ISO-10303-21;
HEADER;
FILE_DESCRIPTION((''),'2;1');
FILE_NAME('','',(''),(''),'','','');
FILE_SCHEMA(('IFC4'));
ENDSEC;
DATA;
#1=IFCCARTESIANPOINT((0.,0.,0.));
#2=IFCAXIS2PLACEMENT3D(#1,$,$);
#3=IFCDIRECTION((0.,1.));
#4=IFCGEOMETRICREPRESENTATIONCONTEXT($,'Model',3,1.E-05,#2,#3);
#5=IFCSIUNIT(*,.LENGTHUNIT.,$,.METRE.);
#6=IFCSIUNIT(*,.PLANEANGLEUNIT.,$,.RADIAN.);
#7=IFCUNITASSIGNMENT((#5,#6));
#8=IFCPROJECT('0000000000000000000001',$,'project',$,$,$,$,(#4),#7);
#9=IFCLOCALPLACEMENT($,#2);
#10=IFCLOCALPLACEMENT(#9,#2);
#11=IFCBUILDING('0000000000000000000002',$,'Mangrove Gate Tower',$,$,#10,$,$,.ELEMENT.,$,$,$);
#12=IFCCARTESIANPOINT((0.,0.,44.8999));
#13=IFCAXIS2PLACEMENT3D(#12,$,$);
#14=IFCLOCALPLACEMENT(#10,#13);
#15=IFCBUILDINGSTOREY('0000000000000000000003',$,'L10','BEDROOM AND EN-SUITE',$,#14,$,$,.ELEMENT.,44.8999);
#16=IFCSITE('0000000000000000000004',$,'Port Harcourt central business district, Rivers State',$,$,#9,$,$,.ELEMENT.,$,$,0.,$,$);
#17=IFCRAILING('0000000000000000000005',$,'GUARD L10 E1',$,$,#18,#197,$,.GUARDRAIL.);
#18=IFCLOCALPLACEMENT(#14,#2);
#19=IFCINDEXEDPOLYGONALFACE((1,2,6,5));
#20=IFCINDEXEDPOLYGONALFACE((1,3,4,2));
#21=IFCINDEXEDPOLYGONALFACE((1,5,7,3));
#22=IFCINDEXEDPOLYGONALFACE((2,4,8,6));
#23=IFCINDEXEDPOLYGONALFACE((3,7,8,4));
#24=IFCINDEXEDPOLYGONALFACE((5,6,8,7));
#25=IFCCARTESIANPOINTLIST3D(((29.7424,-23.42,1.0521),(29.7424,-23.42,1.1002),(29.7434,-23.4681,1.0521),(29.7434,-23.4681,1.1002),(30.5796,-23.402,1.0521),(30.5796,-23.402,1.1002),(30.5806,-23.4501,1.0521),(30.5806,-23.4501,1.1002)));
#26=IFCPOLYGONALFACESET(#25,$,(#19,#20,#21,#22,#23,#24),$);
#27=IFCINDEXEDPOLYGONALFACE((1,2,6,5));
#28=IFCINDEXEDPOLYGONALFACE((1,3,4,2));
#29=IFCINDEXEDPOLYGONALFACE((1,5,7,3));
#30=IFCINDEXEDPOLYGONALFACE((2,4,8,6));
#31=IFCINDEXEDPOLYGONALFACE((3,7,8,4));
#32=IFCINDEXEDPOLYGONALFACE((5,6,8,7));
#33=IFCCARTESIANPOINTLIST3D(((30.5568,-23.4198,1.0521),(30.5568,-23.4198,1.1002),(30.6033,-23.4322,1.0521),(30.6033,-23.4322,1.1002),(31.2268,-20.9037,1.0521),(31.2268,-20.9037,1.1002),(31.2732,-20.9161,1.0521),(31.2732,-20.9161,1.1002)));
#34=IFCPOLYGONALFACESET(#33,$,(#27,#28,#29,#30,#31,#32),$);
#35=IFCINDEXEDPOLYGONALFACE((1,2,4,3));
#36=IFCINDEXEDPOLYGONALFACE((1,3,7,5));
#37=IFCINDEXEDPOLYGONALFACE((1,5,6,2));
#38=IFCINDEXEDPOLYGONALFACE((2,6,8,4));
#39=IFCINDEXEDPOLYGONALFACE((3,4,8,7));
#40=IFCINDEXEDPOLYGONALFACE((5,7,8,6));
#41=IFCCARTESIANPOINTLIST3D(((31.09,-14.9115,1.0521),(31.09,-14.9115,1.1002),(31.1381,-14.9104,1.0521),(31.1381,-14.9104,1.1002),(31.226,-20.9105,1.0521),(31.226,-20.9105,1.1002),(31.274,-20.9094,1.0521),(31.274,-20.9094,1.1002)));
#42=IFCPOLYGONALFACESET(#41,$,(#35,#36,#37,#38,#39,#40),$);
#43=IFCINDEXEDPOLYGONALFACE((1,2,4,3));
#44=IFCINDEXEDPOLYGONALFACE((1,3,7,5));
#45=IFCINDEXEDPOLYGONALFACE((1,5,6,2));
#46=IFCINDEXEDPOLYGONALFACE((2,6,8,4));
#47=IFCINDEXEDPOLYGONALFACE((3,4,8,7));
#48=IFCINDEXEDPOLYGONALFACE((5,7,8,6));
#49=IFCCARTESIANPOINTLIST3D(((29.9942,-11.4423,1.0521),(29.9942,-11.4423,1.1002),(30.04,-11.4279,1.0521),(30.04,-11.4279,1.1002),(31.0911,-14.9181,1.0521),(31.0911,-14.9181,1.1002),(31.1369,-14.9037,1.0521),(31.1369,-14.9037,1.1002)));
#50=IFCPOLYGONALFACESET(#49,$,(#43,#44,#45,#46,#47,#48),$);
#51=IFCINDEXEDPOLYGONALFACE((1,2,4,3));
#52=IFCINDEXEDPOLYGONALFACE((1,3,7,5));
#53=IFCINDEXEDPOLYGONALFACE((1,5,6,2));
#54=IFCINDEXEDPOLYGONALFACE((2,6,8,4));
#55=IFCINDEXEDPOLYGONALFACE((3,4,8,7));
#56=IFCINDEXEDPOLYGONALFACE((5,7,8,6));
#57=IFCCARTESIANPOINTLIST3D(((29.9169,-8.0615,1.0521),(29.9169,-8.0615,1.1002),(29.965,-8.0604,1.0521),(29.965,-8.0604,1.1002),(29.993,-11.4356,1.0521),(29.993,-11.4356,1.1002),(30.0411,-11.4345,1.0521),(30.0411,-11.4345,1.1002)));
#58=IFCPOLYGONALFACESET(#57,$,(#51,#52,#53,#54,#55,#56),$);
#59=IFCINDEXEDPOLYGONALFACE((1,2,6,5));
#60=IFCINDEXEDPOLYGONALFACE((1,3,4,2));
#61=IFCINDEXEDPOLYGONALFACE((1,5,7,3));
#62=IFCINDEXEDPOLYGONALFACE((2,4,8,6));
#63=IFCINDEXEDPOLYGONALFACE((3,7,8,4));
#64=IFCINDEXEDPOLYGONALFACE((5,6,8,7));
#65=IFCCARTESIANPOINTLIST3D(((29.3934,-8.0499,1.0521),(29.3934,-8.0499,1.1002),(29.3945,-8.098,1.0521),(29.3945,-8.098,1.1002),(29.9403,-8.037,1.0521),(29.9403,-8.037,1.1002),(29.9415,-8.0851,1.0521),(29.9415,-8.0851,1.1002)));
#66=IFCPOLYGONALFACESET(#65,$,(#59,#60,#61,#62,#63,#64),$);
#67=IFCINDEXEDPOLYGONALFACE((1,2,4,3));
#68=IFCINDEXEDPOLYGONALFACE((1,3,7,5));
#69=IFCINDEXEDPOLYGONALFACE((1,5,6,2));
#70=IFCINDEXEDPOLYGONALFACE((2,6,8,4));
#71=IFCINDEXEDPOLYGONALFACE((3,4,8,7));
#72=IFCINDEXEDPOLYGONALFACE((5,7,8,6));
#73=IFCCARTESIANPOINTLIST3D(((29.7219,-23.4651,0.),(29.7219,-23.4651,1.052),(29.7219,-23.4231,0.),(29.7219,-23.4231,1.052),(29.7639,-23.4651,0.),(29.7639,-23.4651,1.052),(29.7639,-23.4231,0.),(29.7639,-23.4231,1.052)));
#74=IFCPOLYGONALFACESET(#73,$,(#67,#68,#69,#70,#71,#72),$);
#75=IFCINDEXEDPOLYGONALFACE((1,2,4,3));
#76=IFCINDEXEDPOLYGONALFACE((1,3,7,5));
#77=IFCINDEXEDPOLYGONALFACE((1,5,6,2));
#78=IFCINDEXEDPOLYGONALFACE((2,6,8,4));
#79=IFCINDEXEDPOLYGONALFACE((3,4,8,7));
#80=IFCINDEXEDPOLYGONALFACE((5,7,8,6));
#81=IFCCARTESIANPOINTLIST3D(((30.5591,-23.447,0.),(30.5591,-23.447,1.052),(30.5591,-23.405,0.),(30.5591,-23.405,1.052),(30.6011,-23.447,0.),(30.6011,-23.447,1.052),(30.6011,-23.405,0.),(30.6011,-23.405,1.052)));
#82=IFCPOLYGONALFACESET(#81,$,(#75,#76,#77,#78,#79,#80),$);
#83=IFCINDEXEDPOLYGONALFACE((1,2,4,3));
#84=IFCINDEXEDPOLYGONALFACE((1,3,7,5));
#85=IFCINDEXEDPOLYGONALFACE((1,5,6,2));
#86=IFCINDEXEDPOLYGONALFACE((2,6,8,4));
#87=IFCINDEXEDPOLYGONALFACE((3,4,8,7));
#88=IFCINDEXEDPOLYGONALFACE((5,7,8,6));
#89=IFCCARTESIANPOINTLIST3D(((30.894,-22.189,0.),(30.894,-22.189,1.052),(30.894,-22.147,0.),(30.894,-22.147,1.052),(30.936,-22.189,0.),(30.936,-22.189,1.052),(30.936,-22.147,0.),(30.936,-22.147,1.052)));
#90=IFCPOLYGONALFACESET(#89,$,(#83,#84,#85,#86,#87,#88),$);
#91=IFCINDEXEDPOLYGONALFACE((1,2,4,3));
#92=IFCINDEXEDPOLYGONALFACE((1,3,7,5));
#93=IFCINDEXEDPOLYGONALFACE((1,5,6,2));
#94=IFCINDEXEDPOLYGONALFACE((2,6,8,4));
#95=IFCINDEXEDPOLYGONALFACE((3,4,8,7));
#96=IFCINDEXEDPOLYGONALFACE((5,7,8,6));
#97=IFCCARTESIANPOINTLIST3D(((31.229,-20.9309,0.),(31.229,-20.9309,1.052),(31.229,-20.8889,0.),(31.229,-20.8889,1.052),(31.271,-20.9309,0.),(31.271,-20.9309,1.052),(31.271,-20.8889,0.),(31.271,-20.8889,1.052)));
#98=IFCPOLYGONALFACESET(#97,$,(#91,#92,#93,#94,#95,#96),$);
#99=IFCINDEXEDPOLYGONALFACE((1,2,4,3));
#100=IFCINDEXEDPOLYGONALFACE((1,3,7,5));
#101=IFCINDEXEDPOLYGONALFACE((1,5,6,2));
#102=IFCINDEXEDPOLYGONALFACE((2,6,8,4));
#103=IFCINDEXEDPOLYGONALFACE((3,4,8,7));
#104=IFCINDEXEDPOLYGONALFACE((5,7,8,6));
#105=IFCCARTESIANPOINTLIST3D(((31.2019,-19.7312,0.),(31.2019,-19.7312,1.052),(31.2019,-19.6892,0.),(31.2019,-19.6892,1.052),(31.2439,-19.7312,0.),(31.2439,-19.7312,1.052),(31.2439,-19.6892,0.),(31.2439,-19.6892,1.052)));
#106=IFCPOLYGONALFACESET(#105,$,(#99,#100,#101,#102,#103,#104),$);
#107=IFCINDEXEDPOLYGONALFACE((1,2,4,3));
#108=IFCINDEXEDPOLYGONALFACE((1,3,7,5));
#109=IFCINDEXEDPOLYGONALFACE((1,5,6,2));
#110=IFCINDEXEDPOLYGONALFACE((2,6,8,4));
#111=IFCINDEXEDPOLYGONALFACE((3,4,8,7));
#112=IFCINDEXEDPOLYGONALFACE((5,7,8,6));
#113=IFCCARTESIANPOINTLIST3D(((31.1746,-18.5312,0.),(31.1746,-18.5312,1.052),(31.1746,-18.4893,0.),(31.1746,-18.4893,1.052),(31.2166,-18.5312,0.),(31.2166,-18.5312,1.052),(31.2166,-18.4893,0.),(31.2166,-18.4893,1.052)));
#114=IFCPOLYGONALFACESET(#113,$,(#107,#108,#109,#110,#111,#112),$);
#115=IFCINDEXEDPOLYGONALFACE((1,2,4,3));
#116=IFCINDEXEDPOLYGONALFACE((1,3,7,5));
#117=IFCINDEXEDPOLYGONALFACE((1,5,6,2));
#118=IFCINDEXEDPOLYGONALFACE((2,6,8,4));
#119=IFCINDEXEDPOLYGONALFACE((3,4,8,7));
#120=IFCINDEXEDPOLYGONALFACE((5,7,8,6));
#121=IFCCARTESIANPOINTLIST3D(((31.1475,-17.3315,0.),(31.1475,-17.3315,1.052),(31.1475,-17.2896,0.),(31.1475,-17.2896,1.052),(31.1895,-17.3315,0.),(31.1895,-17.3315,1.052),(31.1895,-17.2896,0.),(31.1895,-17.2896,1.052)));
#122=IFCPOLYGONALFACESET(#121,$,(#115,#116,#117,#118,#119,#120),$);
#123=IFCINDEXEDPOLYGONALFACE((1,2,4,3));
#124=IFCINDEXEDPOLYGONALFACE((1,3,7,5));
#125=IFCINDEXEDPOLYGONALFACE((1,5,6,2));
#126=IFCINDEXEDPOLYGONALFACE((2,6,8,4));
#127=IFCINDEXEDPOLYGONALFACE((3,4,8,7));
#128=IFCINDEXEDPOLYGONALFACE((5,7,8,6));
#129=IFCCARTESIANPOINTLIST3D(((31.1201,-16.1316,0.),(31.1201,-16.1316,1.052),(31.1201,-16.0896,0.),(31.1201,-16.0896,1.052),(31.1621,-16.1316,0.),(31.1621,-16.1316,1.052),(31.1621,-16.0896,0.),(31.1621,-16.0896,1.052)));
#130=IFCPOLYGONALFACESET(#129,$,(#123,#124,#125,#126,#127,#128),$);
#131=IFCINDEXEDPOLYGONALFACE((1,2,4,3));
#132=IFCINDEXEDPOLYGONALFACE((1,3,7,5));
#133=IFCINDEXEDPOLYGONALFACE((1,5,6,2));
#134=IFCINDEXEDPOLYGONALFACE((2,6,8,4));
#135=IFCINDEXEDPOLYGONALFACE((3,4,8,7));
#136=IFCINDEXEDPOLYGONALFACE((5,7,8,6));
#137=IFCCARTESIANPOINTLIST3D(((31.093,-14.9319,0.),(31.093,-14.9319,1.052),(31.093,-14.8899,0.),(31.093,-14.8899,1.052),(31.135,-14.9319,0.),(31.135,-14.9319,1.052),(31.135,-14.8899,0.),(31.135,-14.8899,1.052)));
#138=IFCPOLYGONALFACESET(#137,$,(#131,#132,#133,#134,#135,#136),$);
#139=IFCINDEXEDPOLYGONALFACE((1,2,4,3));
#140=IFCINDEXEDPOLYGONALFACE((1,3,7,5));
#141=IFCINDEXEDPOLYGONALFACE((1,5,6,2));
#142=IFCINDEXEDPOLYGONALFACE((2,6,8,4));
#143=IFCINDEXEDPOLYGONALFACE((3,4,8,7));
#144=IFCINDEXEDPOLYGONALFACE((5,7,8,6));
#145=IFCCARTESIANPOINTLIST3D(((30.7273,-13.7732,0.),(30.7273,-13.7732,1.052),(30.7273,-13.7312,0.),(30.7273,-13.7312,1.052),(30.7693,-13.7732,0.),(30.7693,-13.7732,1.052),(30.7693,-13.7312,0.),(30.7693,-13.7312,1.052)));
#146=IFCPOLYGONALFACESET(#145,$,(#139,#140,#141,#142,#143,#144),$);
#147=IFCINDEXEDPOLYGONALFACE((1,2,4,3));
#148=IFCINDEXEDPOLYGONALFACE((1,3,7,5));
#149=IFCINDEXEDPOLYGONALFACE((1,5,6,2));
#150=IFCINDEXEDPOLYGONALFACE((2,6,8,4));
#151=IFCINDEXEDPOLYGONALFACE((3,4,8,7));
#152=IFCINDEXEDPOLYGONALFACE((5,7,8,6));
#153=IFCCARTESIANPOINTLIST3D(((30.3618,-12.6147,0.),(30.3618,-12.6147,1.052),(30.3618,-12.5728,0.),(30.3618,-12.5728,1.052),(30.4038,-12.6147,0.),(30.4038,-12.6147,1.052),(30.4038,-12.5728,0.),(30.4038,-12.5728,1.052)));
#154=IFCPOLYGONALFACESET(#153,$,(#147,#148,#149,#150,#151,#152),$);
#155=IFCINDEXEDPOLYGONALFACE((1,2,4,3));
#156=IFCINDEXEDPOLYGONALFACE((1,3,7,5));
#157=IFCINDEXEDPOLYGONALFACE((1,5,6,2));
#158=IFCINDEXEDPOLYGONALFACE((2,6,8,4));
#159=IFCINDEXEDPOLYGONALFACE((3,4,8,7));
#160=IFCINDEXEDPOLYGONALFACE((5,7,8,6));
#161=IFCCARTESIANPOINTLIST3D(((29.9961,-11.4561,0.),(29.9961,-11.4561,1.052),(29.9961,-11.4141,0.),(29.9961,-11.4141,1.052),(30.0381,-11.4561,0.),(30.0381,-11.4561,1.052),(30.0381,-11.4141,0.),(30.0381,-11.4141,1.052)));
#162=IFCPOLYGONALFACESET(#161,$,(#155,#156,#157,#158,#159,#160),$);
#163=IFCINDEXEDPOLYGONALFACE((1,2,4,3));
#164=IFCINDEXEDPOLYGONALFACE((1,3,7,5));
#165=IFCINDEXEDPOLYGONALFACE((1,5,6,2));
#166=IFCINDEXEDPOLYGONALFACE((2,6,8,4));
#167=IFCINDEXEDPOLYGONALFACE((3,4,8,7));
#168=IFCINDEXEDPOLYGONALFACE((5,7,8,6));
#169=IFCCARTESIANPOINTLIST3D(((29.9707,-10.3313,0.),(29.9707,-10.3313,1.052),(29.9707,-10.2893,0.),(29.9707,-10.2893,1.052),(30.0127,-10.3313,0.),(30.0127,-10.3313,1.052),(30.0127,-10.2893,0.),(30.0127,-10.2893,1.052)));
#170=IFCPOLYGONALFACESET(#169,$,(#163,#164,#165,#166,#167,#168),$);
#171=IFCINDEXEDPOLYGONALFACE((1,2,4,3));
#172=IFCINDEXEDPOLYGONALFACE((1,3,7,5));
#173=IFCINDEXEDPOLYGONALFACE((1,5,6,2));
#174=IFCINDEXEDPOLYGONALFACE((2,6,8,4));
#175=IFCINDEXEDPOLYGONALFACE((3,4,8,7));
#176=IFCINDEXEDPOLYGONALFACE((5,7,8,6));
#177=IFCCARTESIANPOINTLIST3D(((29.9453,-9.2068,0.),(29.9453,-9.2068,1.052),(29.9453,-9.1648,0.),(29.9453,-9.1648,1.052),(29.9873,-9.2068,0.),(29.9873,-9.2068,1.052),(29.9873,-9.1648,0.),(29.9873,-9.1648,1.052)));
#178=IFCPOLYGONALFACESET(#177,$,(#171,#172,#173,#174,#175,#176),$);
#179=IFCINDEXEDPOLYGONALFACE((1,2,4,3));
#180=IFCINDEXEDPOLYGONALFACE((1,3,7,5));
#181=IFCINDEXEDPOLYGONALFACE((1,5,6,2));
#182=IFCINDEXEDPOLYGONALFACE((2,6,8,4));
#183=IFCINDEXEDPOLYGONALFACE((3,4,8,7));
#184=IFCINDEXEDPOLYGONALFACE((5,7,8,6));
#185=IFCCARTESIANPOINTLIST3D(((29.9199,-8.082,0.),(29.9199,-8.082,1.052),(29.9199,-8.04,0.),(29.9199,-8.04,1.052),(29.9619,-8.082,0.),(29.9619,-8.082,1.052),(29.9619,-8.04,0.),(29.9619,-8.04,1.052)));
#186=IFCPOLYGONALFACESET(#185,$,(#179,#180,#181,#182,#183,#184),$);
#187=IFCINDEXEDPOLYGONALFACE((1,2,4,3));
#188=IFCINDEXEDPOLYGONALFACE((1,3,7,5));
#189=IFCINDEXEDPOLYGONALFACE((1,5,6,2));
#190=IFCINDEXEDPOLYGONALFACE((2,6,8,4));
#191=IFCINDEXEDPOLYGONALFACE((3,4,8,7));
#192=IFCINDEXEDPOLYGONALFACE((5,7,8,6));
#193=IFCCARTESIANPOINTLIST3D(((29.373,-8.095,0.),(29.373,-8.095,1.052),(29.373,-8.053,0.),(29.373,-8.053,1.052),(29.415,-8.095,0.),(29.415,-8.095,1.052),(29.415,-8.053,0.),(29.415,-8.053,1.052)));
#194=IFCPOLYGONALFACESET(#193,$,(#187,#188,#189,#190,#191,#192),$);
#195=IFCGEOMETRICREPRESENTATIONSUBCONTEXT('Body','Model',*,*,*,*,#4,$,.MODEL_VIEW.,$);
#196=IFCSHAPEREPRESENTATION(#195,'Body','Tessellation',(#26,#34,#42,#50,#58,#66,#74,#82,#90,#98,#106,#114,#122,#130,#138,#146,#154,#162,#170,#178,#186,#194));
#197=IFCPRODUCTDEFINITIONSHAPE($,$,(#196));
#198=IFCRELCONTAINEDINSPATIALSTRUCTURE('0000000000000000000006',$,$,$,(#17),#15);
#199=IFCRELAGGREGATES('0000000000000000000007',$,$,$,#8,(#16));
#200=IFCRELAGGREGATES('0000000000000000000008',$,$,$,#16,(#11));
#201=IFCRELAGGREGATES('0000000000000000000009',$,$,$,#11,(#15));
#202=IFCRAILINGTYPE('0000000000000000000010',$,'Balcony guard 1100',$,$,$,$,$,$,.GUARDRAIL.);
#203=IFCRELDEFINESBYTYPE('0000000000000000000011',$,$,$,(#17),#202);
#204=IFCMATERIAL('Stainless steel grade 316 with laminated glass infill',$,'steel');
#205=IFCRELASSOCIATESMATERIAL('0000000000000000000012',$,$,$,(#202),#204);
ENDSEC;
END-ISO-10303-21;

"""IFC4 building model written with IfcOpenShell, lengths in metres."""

from ifc_helpers import new_model, si_unit, direction, frame, origin, origin_2d, place, context, subcontext, project, spatial, rectangle, extrude, material, type_object, element, save


model = new_model("IFC4")

# Units and contexts
model_context = context("Model", 3, precision=1e-05, world=origin(), true_north=direction((0.0, 1.0)))
body_context = subcontext(model_context, "Body", "Model", "MODEL_VIEW")
ifc_project = project(units=[si_unit("LENGTHUNIT", "METRE"), si_unit("PLANEANGLEUNIT", "RADIAN")], contexts=[model_context])

# Site, building, storey
site_placement = place(None, origin())
site = spatial("IfcSite", under=ifc_project, at=site_placement, Name="Port Harcourt central business district, Rivers State", CompositionType="ELEMENT", RefElevation=0.0)
building_placement = place(site_placement, origin())
building = spatial("IfcBuilding", under=site, at=building_placement, Name="Mangrove Gate Tower", CompositionType="ELEMENT")
storey_placement = place(building_placement, frame((0.0, 0.0, 44.8999)))
storey = spatial("IfcBuildingStorey", under=building, at=storey_placement, Name="L10", Description="BEDROOM AND EN-SUITE", CompositionType="ELEMENT", Elevation=44.8999)

# Railing
ifc_material_1 = material(Name="Stainless steel grade 316 with laminated glass infill", Category="steel")
railing_type = type_object("IfcRailingType", Name="Balcony guard 1100", PredefinedType="GUARDRAIL", material=ifc_material_1)
railing_placement = place(storey_placement, frame((29.7429, -23.4441, 0.0)))
element("IfcRailing", 1, at=railing_placement, inside=storey, type_object=railing_type, Name="GUARD L10 E1", PredefinedType="GUARDRAIL", context=body_context, shape_type="SweptSolid", body=[
    extrude(rectangle(XDim=0.0481, YDim=0.0481, at=origin_2d()), frame((0.0, 0.0, 1.0762), z_axis=(0.999767, 0.021576, 0.0), x_axis=(-0.021576, 0.999767, 0.0)), (0.0, 0.0, 1.0), 0.8374),
    extrude(rectangle(XDim=0.0481, YDim=0.0481, at=origin_2d()), frame((0.8372, 0.0181, 1.0762), z_axis=(0.257289, 0.966334, 0.0), x_axis=(-0.966334, 0.257289, 0.0)), (0.0, 0.0, 1.0), 2.6038),
    extrude(rectangle(XDim=0.0481, YDim=0.0481, at=origin_2d()), frame((1.5071, 2.5342, 1.0762), z_axis=(-0.022662, 0.999743, 0.0), x_axis=(-0.999743, -0.022662, 0.0)), (0.0, 0.0, 1.0), 6.0005),
    extrude(rectangle(XDim=0.0481, YDim=0.0481, at=origin_2d()), frame((1.3711, 8.5332, 1.0762), z_axis=(-0.300955, 0.953638, 0.0), x_axis=(-0.953638, -0.300955, 0.0)), (0.0, 0.0, 1.0), 3.6448),
    extrude(rectangle(XDim=0.0481, YDim=0.0481, at=origin_2d()), frame((0.2742, 12.009, 1.0762), z_axis=(-0.02257, 0.999745, 0.0), x_axis=(-0.999745, -0.02257, 0.0)), (0.0, 0.0, 1.0), 3.375),
    extrude(rectangle(XDim=0.0481, YDim=0.0481, at=origin_2d()), frame((0.198, 15.3831, 1.0762), z_axis=(-0.99972, -0.023654, 0.0), x_axis=(0.023654, -0.99972, 0.0)), (0.0, 0.0, 1.0), 0.5471),
    extrude(rectangle(XDim=0.042, YDim=0.042, at=origin_2d()), origin(), (0.0, 0.0, 1.0), 1.052),
    extrude(rectangle(XDim=0.042, YDim=0.042, at=origin_2d()), frame((0.8372, 0.0181, 0.0)), (0.0, 0.0, 1.0), 1.052),
    extrude(rectangle(XDim=0.042, YDim=0.042, at=origin_2d()), frame((1.1721, 1.2761, 0.0)), (0.0, 0.0, 1.0), 1.052),
    extrude(rectangle(XDim=0.042, YDim=0.042, at=origin_2d()), frame((1.5071, 2.5342, 0.0)), (0.0, 0.0, 1.0), 1.052),
    extrude(rectangle(XDim=0.042, YDim=0.042, at=origin_2d()), frame((1.48, 3.7339, 0.0)), (0.0, 0.0, 1.0), 1.052),
    extrude(rectangle(XDim=0.042, YDim=0.042, at=origin_2d()), frame((1.4526, 4.9338, 0.0)), (0.0, 0.0, 1.0), 1.052),
    extrude(rectangle(XDim=0.042, YDim=0.042, at=origin_2d()), frame((1.4255, 6.1335, 0.0)), (0.0, 0.0, 1.0), 1.052),
    extrude(rectangle(XDim=0.042, YDim=0.042, at=origin_2d()), frame((1.3982, 7.3335, 0.0)), (0.0, 0.0, 1.0), 1.052),
    extrude(rectangle(XDim=0.042, YDim=0.042, at=origin_2d()), frame((1.3711, 8.5332, 0.0)), (0.0, 0.0, 1.0), 1.052),
    extrude(rectangle(XDim=0.042, YDim=0.042, at=origin_2d()), frame((1.0054, 9.6919, 0.0)), (0.0, 0.0, 1.0), 1.052),
    extrude(rectangle(XDim=0.042, YDim=0.042, at=origin_2d()), frame((0.6399, 10.8503, 0.0)), (0.0, 0.0, 1.0), 1.052),
    extrude(rectangle(XDim=0.042, YDim=0.042, at=origin_2d()), frame((0.2742, 12.009, 0.0)), (0.0, 0.0, 1.0), 1.052),
    extrude(rectangle(XDim=0.042, YDim=0.042, at=origin_2d()), frame((0.2488, 13.1338, 0.0)), (0.0, 0.0, 1.0), 1.052),
    extrude(rectangle(XDim=0.042, YDim=0.042, at=origin_2d()), frame((0.2234, 14.2583, 0.0)), (0.0, 0.0, 1.0), 1.052),
    extrude(rectangle(XDim=0.042, YDim=0.042, at=origin_2d()), frame((0.198, 15.3831, 0.0)), (0.0, 0.0, 1.0), 1.052),
    extrude(rectangle(XDim=0.042, YDim=0.042, at=origin_2d()), frame((-0.3489, 15.3701, 0.0)), (0.0, 0.0, 1.0), 1.052),
])

save(model, "model.ifc")
